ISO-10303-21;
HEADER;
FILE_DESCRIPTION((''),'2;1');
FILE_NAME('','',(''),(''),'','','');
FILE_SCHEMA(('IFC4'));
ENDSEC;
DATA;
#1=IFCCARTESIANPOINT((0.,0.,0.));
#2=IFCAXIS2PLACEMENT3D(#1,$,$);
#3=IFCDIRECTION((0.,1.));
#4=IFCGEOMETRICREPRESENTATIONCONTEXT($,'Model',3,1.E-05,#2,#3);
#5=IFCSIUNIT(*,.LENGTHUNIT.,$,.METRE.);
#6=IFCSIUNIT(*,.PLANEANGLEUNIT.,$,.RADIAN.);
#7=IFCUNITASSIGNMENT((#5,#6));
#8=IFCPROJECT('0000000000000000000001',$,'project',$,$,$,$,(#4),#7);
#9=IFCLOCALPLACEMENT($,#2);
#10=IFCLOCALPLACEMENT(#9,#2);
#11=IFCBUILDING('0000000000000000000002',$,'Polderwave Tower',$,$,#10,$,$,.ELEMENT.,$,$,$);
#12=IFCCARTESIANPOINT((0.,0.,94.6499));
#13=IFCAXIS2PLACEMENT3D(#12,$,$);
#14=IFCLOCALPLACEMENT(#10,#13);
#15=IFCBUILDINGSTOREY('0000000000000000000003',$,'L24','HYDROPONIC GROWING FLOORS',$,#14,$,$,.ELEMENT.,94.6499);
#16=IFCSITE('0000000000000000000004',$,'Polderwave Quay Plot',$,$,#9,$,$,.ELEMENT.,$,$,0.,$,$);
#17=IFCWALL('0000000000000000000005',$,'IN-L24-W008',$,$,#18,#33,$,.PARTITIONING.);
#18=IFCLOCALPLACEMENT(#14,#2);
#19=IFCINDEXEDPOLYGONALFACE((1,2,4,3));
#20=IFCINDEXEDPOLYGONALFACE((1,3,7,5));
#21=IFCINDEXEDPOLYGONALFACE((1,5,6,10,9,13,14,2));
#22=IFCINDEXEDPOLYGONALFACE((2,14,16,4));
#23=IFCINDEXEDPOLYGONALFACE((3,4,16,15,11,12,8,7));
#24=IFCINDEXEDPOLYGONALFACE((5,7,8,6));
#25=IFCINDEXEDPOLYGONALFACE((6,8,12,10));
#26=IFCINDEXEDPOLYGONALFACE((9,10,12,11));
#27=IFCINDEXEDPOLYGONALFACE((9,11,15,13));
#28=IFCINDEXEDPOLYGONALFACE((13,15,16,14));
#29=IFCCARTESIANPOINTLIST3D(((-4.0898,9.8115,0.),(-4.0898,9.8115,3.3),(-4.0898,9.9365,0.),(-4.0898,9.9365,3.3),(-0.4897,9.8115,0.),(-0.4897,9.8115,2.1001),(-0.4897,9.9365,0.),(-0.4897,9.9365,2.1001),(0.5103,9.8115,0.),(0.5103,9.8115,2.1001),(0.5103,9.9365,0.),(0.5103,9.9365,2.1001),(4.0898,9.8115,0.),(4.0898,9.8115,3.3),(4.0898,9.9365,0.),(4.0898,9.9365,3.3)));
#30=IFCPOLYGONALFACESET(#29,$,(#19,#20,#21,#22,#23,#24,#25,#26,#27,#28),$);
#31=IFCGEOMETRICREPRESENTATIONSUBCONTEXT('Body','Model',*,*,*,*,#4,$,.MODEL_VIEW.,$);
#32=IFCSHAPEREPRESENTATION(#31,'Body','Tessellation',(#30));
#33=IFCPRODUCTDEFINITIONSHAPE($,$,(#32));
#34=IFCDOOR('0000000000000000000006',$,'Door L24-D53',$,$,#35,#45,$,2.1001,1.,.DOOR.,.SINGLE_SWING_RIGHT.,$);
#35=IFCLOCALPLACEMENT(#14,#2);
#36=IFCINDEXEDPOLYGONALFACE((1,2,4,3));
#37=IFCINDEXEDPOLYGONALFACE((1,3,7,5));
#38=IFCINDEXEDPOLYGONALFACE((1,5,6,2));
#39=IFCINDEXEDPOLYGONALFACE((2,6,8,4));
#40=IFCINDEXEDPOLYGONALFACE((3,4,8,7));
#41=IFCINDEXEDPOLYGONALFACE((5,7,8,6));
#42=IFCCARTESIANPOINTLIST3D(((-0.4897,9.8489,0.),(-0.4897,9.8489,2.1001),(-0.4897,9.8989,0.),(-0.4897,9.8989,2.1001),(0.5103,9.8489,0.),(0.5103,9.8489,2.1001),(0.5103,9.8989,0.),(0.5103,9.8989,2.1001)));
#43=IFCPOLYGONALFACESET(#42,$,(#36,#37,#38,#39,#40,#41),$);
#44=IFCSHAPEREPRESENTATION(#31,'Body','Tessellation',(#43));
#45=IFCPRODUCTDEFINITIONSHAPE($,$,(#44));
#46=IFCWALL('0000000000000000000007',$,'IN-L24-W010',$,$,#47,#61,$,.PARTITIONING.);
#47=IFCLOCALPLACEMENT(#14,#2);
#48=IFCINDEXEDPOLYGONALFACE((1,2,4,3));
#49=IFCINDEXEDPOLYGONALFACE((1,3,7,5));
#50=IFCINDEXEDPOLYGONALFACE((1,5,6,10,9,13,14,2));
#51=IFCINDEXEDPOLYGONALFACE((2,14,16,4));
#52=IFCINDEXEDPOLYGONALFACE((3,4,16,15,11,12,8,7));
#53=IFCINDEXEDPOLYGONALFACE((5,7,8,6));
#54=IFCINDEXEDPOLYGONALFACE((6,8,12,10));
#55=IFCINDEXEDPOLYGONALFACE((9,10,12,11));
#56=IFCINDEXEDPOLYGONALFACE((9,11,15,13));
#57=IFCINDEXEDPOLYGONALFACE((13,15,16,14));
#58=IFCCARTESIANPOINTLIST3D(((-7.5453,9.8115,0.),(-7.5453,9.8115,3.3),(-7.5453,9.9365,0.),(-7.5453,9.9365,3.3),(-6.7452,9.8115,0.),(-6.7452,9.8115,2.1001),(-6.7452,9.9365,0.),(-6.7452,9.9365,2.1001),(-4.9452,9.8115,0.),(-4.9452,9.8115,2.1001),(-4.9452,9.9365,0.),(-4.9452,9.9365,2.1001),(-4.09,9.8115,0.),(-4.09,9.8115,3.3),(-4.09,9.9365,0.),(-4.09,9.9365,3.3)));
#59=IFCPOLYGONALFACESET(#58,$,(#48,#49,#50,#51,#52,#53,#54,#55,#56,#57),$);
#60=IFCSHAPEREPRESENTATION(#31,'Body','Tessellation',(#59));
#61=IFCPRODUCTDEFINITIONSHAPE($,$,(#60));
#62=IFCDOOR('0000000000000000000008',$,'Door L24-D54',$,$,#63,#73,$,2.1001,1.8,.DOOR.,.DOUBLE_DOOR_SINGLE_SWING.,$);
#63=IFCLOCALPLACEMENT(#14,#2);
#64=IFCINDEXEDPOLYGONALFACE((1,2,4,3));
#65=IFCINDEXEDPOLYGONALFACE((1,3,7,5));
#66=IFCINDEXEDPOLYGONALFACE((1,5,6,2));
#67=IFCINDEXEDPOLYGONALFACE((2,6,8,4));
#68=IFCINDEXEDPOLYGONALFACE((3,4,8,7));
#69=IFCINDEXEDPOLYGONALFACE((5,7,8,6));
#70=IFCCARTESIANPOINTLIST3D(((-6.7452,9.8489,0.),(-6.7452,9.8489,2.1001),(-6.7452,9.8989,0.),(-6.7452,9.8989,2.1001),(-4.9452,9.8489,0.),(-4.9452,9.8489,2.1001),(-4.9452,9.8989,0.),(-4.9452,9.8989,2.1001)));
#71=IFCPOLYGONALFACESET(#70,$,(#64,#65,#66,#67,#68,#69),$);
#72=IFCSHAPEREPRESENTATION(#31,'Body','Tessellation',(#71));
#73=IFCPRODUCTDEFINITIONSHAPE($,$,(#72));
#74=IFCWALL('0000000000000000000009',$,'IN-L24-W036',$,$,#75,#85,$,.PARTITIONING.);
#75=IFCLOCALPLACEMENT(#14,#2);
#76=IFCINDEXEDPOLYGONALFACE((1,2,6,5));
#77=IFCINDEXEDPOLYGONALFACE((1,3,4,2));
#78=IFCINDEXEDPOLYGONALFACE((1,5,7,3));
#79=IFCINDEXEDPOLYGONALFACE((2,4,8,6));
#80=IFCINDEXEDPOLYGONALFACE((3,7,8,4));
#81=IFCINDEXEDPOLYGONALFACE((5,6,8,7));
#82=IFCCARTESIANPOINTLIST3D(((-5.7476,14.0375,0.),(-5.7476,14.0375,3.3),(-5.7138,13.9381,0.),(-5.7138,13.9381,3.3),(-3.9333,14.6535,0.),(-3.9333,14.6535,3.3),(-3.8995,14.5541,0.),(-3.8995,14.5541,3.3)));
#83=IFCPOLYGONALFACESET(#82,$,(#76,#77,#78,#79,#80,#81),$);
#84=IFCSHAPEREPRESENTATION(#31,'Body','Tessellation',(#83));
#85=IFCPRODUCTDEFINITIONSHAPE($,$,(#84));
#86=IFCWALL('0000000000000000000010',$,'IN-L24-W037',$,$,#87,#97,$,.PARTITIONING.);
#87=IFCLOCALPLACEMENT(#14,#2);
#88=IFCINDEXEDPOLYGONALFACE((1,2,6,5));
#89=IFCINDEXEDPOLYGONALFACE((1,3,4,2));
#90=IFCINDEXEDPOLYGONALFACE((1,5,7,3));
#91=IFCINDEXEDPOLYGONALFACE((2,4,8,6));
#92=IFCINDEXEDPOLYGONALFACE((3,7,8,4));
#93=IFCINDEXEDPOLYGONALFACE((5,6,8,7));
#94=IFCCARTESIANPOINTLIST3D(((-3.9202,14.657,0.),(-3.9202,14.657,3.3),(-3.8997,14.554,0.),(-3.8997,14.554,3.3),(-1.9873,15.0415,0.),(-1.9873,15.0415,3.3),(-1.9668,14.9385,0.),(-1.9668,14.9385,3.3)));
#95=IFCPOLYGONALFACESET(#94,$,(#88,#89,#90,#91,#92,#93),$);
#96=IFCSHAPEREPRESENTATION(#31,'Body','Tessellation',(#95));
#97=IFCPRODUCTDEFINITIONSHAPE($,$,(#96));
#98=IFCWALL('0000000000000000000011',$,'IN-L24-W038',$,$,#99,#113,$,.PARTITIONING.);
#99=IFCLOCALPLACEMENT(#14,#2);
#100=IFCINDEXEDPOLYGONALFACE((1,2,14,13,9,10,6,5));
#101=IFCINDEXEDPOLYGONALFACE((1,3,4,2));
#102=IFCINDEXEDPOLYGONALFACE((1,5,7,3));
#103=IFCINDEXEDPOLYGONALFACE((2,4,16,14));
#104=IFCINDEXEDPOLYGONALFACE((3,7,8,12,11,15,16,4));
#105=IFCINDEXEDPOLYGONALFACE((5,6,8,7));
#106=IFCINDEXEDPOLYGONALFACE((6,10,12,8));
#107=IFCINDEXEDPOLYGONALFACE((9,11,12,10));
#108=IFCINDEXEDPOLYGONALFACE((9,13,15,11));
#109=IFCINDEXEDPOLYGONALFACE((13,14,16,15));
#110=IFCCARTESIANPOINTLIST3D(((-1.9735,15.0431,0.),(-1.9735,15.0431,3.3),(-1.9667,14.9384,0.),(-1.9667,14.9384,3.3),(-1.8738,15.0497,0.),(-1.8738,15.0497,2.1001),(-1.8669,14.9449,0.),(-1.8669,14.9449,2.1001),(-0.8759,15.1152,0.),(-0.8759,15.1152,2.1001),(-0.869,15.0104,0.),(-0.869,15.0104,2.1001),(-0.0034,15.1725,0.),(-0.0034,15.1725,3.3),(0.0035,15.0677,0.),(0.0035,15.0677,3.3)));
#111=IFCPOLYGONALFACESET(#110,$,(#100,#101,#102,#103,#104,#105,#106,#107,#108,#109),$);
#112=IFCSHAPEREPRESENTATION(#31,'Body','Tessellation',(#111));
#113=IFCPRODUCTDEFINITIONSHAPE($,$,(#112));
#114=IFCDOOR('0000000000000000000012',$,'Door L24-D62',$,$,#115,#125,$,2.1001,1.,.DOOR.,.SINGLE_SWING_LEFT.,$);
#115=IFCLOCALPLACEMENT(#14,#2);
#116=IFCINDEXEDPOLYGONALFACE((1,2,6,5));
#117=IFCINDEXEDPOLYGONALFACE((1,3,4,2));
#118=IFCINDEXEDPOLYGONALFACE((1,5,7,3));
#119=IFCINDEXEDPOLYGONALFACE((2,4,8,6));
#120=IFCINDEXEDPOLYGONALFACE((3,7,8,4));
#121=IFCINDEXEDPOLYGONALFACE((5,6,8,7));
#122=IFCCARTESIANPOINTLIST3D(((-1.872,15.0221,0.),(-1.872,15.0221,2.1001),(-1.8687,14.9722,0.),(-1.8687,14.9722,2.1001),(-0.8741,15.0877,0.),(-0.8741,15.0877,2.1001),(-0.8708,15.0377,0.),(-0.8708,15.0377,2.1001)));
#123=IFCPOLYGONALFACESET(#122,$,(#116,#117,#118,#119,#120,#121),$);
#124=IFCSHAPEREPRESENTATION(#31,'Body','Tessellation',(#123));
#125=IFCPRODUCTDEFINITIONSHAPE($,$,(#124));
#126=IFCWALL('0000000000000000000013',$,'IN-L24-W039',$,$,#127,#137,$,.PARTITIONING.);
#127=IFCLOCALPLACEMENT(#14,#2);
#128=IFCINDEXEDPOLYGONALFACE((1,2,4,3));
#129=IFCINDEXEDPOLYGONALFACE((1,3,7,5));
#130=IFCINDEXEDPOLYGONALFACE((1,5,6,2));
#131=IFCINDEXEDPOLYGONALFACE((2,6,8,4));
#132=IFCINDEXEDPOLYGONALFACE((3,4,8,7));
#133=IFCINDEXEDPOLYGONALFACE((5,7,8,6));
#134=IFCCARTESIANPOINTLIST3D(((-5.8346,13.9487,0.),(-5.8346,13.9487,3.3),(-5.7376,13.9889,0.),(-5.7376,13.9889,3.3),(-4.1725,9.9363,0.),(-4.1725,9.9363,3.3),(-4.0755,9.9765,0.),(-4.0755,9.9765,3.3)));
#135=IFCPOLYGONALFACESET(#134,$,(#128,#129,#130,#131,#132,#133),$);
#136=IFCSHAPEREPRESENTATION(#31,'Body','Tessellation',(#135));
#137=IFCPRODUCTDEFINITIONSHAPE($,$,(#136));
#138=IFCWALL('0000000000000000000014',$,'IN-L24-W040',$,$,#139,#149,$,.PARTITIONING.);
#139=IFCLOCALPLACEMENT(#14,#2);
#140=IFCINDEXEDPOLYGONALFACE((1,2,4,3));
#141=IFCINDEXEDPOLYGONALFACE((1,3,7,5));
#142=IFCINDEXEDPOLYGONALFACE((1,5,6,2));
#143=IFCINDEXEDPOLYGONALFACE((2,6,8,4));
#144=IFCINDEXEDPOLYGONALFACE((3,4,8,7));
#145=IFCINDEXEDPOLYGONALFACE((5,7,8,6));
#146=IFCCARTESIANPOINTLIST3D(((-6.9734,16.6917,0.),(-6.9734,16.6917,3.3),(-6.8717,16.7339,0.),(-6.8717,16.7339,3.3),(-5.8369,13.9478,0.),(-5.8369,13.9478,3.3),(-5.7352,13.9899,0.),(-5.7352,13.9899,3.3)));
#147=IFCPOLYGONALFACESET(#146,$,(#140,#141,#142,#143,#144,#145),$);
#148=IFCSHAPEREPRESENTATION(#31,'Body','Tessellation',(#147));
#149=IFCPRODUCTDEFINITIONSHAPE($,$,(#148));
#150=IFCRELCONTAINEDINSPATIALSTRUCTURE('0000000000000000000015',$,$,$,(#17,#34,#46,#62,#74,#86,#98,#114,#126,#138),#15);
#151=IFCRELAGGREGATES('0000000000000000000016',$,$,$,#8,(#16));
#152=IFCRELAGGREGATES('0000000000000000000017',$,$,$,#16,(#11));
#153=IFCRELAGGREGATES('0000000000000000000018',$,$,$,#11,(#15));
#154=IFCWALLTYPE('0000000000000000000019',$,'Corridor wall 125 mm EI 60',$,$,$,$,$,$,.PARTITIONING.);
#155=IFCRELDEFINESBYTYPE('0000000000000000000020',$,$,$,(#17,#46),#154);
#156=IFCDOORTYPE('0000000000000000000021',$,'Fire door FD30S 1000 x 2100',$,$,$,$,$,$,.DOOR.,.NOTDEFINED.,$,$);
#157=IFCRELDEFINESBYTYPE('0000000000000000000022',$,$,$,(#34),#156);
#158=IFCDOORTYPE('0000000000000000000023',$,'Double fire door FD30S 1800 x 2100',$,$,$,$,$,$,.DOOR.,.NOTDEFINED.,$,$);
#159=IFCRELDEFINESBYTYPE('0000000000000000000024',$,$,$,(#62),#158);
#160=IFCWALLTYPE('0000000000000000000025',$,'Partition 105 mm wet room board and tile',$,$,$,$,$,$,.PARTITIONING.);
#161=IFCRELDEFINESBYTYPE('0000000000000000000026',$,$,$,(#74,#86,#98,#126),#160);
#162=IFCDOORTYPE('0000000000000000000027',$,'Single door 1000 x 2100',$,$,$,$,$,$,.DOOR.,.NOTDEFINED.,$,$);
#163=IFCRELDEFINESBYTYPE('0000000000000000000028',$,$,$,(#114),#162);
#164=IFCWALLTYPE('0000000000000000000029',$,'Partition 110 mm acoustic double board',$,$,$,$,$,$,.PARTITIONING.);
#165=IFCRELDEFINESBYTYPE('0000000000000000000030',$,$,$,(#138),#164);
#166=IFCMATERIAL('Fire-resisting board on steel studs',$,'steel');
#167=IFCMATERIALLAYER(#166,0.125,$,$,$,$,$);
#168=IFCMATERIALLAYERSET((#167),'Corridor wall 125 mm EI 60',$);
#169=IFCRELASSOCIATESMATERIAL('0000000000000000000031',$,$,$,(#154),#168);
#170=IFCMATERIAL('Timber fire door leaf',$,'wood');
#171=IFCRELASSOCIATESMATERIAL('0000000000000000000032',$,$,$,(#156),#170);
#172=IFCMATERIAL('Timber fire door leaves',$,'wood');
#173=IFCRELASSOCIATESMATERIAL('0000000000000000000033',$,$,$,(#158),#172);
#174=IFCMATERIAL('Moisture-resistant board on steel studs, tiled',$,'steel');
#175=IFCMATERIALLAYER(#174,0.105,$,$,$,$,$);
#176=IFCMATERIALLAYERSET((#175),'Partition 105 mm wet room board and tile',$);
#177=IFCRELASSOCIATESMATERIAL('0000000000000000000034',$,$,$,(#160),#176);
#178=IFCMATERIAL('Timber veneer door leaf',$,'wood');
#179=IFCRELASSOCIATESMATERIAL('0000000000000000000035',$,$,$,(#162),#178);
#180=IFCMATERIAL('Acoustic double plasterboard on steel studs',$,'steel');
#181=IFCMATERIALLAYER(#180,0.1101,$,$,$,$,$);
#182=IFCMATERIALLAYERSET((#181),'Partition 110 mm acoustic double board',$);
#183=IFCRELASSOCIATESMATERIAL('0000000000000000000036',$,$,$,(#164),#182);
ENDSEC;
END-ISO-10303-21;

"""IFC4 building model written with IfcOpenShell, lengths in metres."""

from ifc_helpers import new_model, si_unit, direction, frame, frame_2d, origin, place, context, subcontext, project, spatial, rectangle, extrude, material, layer, layer_set, type_object, element, fill, save


model = new_model("IFC4")

# Units and contexts
model_context = context("Model", 3, precision=1e-05, world=origin(), true_north=direction((0.0, 1.0)))
body_context = subcontext(model_context, "Body", "Model", "MODEL_VIEW")
ifc_project = project(units=[si_unit("LENGTHUNIT", "METRE"), si_unit("PLANEANGLEUNIT", "RADIAN")], contexts=[model_context])

# Site, building, storey
site_placement = place(None, origin())
site = spatial("IfcSite", under=ifc_project, at=site_placement, Name="Polderwave Quay Plot", CompositionType="ELEMENT", RefElevation=0.0)
building_placement = place(site_placement, origin())
building = spatial("IfcBuilding", under=site, at=building_placement, Name="Polderwave Tower", CompositionType="ELEMENT")
storey_placement = place(building_placement, frame((0.0, 0.0, 94.6499)))
storey = spatial("IfcBuildingStorey", under=building, at=storey_placement, Name="L24", Description="HYDROPONIC GROWING FLOORS", CompositionType="ELEMENT", Elevation=94.6499)

# Walls, openings, doors
ifc_material_1 = material(Name="Fire-resisting board on steel studs", Category="steel")
ifc_layer_1 = layer(ifc_material_1, 0.125)
ifc_layer_set_1 = layer_set([ifc_layer_1], Name="Corridor wall 125 mm EI 60")
wall_type_1 = type_object("IfcWallType", Name="Corridor wall 125 mm EI 60", PredefinedType="PARTITIONING", material=ifc_layer_set_1)
wall_1_placement = place(storey_placement, frame((-4.0898, 9.874, 0.0), z_axis=(0.0, 0.0, 1.0), x_axis=(1.0, 0.0, 0.0)))
wall_1 = element("IfcWall", 1, at=wall_1_placement, inside=storey, type_object=wall_type_1, Name="IN-L24-W008", PredefinedType="PARTITIONING", context=body_context, shape_type="SweptSolid", body=[
    extrude(rectangle(XDim=8.1797, YDim=0.125, at=frame_2d((4.0898, 0.0))), origin(), (0.0, 0.0, 1.0), 3.3),
])
opening_1_placement = place(wall_1_placement, frame((3.6001, 0.0, 0.0)))
opening_1 = element("IfcOpeningElement", 2, at=opening_1_placement, cuts=wall_1, PredefinedType="OPENING", context=body_context, shape_type="SweptSolid", body=[
    extrude(rectangle(XDim=1.0, YDim=2.1001, at=frame_2d((0.5, 1.05))), frame((0.0, 0.0725, 0.0), z_axis=(0.0, -1.0, 0.0), x_axis=(1.0, 0.0, 0.0)), (0.0, 0.0, 1.0), 0.145),
])
ifc_material_2 = material(Name="Timber fire door leaf", Category="wood")
door_type_1 = type_object("IfcDoorType", Name="Fire door FD30S 1000 x 2100", OperationType="NOTDEFINED", PredefinedType="DOOR", material=ifc_material_2)
door_1_placement = place(opening_1_placement, origin())
door_1 = element("IfcDoor", 3, at=door_1_placement, inside=storey, type_object=door_type_1, Name="Door L24-D53", OperationType="SINGLE_SWING_RIGHT", OverallHeight=2.1001, OverallWidth=1.0, PredefinedType="DOOR", context=body_context, shape_type="SweptSolid", body=[
    extrude(rectangle(XDim=1.0, YDim=2.1001, at=frame_2d((0.5, 1.05))), frame((0.0, 0.0249, 0.0), z_axis=(0.0, -1.0, 0.0), x_axis=(1.0, 0.0, 0.0)), (0.0, 0.0, 1.0), 0.05),
])
fill(opening_1, door_1)
wall_2_placement = place(storey_placement, frame((-7.5452, 9.874, 0.0), z_axis=(0.0, 0.0, 1.0), x_axis=(1.0, 0.0, 0.0)))
wall_2 = element("IfcWall", 4, at=wall_2_placement, inside=storey, type_object=wall_type_1, Name="IN-L24-W010", PredefinedType="PARTITIONING", context=body_context, shape_type="SweptSolid", body=[
    extrude(rectangle(XDim=3.4553, YDim=0.125, at=frame_2d((1.7275, 0.0))), origin(), (0.0, 0.0, 1.0), 3.3),
])
opening_2_placement = place(wall_2_placement, frame((0.8, 0.0, 0.0)))
opening_2 = element("IfcOpeningElement", 5, at=opening_2_placement, cuts=wall_2, PredefinedType="OPENING", context=body_context, shape_type="SweptSolid", body=[
    extrude(rectangle(XDim=1.8, YDim=2.1001, at=frame_2d((0.8999, 1.05))), frame((0.0, 0.0725, 0.0), z_axis=(0.0, -1.0, 0.0), x_axis=(1.0, 0.0, 0.0)), (0.0, 0.0, 1.0), 0.145),
])
ifc_material_3 = material(Name="Timber fire door leaves", Category="wood")
door_type_2 = type_object("IfcDoorType", Name="Double fire door FD30S 1800 x 2100", OperationType="NOTDEFINED", PredefinedType="DOOR", material=ifc_material_3)
door_2_placement = place(opening_2_placement, origin())
door_2 = element("IfcDoor", 6, at=door_2_placement, inside=storey, type_object=door_type_2, Name="Door L24-D54", OperationType="DOUBLE_DOOR_SINGLE_SWING", OverallHeight=2.1001, OverallWidth=1.8, PredefinedType="DOOR", context=body_context, shape_type="SweptSolid", body=[
    extrude(rectangle(XDim=1.8, YDim=2.1001, at=frame_2d((0.8999, 1.05))), frame((0.0, 0.0249, 0.0), z_axis=(0.0, -1.0, 0.0), x_axis=(1.0, 0.0, 0.0)), (0.0, 0.0, 1.0), 0.05),
])
fill(opening_2, door_2)

# Walls
ifc_material_4 = material(Name="Moisture-resistant board on steel studs, tiled", Category="steel")
ifc_layer_2 = layer(ifc_material_4, 0.105)
ifc_layer_set_2 = layer_set([ifc_layer_2], Name="Partition 105 mm wet room board and tile")
wall_type_2 = type_object("IfcWallType", Name="Partition 105 mm wet room board and tile", PredefinedType="PARTITIONING", material=ifc_layer_set_2)
wall_3_placement = place(storey_placement, frame((-5.7307, 13.9878, 0.0), z_axis=(0.0, 0.0, 1.0), x_axis=(0.94691, 0.321498, 0.0)))
element("IfcWall", 7, at=wall_3_placement, inside=storey, type_object=wall_type_2, Name="IN-L24-W036", PredefinedType="PARTITIONING", context=body_context, shape_type="SweptSolid", body=[
    extrude(rectangle(XDim=1.916, YDim=0.105, at=frame_2d((0.958, 0.0))), origin(), (0.0, 0.0, 1.0), 3.3),
])
wall_4_placement = place(storey_placement, frame((-3.9099, 14.6055, 0.0), z_axis=(0.0, 0.0, 1.0), x_axis=(0.98078, 0.195115, 0.0)))
element("IfcWall", 8, at=wall_4_placement, inside=storey, type_object=wall_type_2, Name="IN-L24-W037", PredefinedType="PARTITIONING", context=body_context, shape_type="SweptSolid", body=[
    extrude(rectangle(XDim=1.9707, YDim=0.105, at=frame_2d((0.9854, 0.0))), origin(), (0.0, 0.0, 1.0), 3.3),
])

# Wall, opening, door
wall_5_placement = place(storey_placement, frame((-1.9702, 14.9907, 0.0), z_axis=(0.0, 0.0, 1.0), x_axis=(0.99785, 0.065534, 0.0)))
wall_5 = element("IfcWall", 9, at=wall_5_placement, inside=storey, type_object=wall_type_2, Name="IN-L24-W038", PredefinedType="PARTITIONING", context=body_context, shape_type="SweptSolid", body=[
    extrude(rectangle(XDim=1.9744, YDim=0.105, at=frame_2d((0.9873, 0.0))), origin(), (0.0, 0.0, 1.0), 3.3),
])
opening_3_placement = place(wall_5_placement, frame((0.1001, 0.0, 0.0)))
opening_3 = element("IfcOpeningElement", 10, at=opening_3_placement, cuts=wall_5, PredefinedType="OPENING", context=body_context, shape_type="SweptSolid", body=[
    extrude(rectangle(XDim=1.0, YDim=2.1001, at=frame_2d((0.5, 1.05))), frame((0.0, 0.0625, 0.0), z_axis=(0.0, -1.0, 0.0), x_axis=(1.0, 0.0, 0.0)), (0.0, 0.0, 1.0), 0.125),
])
ifc_material_5 = material(Name="Timber veneer door leaf", Category="wood")
door_type_3 = type_object("IfcDoorType", Name="Single door 1000 x 2100", OperationType="NOTDEFINED", PredefinedType="DOOR", material=ifc_material_5)
door_3_placement = place(opening_3_placement, origin())
door_3 = element("IfcDoor", 11, at=door_3_placement, inside=storey, type_object=door_type_3, Name="Door L24-D62", OperationType="SINGLE_SWING_LEFT", OverallHeight=2.1001, OverallWidth=1.0, PredefinedType="DOOR", context=body_context, shape_type="SweptSolid", body=[
    extrude(rectangle(XDim=1.0, YDim=2.1001, at=frame_2d((0.5, 1.05))), frame((0.0, 0.0249, 0.0), z_axis=(0.0, -1.0, 0.0), x_axis=(1.0, 0.0, 0.0)), (0.0, 0.0, 1.0), 0.05),
])
fill(opening_3, door_3)

# Walls
wall_6_placement = place(storey_placement, frame((-4.124, 9.9565, 0.0), z_axis=(0.0, 0.0, 1.0), x_axis=(-0.382703, 0.923872, 0.0)))
element("IfcWall", 12, at=wall_6_placement, inside=storey, type_object=wall_type_2, Name="IN-L24-W039", PredefinedType="PARTITIONING", context=body_context, shape_type="SweptSolid", body=[
    extrude(rectangle(XDim=4.343, YDim=0.105, at=frame_2d((2.1714, 0.0))), origin(), (0.0, 0.0, 1.0), 3.3),
])
ifc_material_6 = material(Name="Acoustic double plasterboard on steel studs", Category="steel")
ifc_layer_3 = layer(ifc_material_6, 0.1101)
ifc_layer_set_3 = layer_set([ifc_layer_3], Name="Partition 110 mm acoustic double board")
wall_type_3 = type_object("IfcWallType", Name="Partition 110 mm acoustic double board", PredefinedType="PARTITIONING", material=ifc_layer_set_3)
wall_7_placement = place(storey_placement, frame((-5.7861, 13.969, 0.0), z_axis=(0.0, 0.0, 1.0), x_axis=(-0.382659, 0.92389, 0.0)))
element("IfcWall", 13, at=wall_7_placement, inside=storey, type_object=wall_type_3, Name="IN-L24-W040", PredefinedType="PARTITIONING", context=body_context, shape_type="SweptSolid", body=[
    extrude(rectangle(XDim=2.97, YDim=0.1101, at=frame_2d((1.4849, 0.0))), origin(), (0.0, 0.0, 1.0), 3.3),
])

save(model, "model.ifc")
